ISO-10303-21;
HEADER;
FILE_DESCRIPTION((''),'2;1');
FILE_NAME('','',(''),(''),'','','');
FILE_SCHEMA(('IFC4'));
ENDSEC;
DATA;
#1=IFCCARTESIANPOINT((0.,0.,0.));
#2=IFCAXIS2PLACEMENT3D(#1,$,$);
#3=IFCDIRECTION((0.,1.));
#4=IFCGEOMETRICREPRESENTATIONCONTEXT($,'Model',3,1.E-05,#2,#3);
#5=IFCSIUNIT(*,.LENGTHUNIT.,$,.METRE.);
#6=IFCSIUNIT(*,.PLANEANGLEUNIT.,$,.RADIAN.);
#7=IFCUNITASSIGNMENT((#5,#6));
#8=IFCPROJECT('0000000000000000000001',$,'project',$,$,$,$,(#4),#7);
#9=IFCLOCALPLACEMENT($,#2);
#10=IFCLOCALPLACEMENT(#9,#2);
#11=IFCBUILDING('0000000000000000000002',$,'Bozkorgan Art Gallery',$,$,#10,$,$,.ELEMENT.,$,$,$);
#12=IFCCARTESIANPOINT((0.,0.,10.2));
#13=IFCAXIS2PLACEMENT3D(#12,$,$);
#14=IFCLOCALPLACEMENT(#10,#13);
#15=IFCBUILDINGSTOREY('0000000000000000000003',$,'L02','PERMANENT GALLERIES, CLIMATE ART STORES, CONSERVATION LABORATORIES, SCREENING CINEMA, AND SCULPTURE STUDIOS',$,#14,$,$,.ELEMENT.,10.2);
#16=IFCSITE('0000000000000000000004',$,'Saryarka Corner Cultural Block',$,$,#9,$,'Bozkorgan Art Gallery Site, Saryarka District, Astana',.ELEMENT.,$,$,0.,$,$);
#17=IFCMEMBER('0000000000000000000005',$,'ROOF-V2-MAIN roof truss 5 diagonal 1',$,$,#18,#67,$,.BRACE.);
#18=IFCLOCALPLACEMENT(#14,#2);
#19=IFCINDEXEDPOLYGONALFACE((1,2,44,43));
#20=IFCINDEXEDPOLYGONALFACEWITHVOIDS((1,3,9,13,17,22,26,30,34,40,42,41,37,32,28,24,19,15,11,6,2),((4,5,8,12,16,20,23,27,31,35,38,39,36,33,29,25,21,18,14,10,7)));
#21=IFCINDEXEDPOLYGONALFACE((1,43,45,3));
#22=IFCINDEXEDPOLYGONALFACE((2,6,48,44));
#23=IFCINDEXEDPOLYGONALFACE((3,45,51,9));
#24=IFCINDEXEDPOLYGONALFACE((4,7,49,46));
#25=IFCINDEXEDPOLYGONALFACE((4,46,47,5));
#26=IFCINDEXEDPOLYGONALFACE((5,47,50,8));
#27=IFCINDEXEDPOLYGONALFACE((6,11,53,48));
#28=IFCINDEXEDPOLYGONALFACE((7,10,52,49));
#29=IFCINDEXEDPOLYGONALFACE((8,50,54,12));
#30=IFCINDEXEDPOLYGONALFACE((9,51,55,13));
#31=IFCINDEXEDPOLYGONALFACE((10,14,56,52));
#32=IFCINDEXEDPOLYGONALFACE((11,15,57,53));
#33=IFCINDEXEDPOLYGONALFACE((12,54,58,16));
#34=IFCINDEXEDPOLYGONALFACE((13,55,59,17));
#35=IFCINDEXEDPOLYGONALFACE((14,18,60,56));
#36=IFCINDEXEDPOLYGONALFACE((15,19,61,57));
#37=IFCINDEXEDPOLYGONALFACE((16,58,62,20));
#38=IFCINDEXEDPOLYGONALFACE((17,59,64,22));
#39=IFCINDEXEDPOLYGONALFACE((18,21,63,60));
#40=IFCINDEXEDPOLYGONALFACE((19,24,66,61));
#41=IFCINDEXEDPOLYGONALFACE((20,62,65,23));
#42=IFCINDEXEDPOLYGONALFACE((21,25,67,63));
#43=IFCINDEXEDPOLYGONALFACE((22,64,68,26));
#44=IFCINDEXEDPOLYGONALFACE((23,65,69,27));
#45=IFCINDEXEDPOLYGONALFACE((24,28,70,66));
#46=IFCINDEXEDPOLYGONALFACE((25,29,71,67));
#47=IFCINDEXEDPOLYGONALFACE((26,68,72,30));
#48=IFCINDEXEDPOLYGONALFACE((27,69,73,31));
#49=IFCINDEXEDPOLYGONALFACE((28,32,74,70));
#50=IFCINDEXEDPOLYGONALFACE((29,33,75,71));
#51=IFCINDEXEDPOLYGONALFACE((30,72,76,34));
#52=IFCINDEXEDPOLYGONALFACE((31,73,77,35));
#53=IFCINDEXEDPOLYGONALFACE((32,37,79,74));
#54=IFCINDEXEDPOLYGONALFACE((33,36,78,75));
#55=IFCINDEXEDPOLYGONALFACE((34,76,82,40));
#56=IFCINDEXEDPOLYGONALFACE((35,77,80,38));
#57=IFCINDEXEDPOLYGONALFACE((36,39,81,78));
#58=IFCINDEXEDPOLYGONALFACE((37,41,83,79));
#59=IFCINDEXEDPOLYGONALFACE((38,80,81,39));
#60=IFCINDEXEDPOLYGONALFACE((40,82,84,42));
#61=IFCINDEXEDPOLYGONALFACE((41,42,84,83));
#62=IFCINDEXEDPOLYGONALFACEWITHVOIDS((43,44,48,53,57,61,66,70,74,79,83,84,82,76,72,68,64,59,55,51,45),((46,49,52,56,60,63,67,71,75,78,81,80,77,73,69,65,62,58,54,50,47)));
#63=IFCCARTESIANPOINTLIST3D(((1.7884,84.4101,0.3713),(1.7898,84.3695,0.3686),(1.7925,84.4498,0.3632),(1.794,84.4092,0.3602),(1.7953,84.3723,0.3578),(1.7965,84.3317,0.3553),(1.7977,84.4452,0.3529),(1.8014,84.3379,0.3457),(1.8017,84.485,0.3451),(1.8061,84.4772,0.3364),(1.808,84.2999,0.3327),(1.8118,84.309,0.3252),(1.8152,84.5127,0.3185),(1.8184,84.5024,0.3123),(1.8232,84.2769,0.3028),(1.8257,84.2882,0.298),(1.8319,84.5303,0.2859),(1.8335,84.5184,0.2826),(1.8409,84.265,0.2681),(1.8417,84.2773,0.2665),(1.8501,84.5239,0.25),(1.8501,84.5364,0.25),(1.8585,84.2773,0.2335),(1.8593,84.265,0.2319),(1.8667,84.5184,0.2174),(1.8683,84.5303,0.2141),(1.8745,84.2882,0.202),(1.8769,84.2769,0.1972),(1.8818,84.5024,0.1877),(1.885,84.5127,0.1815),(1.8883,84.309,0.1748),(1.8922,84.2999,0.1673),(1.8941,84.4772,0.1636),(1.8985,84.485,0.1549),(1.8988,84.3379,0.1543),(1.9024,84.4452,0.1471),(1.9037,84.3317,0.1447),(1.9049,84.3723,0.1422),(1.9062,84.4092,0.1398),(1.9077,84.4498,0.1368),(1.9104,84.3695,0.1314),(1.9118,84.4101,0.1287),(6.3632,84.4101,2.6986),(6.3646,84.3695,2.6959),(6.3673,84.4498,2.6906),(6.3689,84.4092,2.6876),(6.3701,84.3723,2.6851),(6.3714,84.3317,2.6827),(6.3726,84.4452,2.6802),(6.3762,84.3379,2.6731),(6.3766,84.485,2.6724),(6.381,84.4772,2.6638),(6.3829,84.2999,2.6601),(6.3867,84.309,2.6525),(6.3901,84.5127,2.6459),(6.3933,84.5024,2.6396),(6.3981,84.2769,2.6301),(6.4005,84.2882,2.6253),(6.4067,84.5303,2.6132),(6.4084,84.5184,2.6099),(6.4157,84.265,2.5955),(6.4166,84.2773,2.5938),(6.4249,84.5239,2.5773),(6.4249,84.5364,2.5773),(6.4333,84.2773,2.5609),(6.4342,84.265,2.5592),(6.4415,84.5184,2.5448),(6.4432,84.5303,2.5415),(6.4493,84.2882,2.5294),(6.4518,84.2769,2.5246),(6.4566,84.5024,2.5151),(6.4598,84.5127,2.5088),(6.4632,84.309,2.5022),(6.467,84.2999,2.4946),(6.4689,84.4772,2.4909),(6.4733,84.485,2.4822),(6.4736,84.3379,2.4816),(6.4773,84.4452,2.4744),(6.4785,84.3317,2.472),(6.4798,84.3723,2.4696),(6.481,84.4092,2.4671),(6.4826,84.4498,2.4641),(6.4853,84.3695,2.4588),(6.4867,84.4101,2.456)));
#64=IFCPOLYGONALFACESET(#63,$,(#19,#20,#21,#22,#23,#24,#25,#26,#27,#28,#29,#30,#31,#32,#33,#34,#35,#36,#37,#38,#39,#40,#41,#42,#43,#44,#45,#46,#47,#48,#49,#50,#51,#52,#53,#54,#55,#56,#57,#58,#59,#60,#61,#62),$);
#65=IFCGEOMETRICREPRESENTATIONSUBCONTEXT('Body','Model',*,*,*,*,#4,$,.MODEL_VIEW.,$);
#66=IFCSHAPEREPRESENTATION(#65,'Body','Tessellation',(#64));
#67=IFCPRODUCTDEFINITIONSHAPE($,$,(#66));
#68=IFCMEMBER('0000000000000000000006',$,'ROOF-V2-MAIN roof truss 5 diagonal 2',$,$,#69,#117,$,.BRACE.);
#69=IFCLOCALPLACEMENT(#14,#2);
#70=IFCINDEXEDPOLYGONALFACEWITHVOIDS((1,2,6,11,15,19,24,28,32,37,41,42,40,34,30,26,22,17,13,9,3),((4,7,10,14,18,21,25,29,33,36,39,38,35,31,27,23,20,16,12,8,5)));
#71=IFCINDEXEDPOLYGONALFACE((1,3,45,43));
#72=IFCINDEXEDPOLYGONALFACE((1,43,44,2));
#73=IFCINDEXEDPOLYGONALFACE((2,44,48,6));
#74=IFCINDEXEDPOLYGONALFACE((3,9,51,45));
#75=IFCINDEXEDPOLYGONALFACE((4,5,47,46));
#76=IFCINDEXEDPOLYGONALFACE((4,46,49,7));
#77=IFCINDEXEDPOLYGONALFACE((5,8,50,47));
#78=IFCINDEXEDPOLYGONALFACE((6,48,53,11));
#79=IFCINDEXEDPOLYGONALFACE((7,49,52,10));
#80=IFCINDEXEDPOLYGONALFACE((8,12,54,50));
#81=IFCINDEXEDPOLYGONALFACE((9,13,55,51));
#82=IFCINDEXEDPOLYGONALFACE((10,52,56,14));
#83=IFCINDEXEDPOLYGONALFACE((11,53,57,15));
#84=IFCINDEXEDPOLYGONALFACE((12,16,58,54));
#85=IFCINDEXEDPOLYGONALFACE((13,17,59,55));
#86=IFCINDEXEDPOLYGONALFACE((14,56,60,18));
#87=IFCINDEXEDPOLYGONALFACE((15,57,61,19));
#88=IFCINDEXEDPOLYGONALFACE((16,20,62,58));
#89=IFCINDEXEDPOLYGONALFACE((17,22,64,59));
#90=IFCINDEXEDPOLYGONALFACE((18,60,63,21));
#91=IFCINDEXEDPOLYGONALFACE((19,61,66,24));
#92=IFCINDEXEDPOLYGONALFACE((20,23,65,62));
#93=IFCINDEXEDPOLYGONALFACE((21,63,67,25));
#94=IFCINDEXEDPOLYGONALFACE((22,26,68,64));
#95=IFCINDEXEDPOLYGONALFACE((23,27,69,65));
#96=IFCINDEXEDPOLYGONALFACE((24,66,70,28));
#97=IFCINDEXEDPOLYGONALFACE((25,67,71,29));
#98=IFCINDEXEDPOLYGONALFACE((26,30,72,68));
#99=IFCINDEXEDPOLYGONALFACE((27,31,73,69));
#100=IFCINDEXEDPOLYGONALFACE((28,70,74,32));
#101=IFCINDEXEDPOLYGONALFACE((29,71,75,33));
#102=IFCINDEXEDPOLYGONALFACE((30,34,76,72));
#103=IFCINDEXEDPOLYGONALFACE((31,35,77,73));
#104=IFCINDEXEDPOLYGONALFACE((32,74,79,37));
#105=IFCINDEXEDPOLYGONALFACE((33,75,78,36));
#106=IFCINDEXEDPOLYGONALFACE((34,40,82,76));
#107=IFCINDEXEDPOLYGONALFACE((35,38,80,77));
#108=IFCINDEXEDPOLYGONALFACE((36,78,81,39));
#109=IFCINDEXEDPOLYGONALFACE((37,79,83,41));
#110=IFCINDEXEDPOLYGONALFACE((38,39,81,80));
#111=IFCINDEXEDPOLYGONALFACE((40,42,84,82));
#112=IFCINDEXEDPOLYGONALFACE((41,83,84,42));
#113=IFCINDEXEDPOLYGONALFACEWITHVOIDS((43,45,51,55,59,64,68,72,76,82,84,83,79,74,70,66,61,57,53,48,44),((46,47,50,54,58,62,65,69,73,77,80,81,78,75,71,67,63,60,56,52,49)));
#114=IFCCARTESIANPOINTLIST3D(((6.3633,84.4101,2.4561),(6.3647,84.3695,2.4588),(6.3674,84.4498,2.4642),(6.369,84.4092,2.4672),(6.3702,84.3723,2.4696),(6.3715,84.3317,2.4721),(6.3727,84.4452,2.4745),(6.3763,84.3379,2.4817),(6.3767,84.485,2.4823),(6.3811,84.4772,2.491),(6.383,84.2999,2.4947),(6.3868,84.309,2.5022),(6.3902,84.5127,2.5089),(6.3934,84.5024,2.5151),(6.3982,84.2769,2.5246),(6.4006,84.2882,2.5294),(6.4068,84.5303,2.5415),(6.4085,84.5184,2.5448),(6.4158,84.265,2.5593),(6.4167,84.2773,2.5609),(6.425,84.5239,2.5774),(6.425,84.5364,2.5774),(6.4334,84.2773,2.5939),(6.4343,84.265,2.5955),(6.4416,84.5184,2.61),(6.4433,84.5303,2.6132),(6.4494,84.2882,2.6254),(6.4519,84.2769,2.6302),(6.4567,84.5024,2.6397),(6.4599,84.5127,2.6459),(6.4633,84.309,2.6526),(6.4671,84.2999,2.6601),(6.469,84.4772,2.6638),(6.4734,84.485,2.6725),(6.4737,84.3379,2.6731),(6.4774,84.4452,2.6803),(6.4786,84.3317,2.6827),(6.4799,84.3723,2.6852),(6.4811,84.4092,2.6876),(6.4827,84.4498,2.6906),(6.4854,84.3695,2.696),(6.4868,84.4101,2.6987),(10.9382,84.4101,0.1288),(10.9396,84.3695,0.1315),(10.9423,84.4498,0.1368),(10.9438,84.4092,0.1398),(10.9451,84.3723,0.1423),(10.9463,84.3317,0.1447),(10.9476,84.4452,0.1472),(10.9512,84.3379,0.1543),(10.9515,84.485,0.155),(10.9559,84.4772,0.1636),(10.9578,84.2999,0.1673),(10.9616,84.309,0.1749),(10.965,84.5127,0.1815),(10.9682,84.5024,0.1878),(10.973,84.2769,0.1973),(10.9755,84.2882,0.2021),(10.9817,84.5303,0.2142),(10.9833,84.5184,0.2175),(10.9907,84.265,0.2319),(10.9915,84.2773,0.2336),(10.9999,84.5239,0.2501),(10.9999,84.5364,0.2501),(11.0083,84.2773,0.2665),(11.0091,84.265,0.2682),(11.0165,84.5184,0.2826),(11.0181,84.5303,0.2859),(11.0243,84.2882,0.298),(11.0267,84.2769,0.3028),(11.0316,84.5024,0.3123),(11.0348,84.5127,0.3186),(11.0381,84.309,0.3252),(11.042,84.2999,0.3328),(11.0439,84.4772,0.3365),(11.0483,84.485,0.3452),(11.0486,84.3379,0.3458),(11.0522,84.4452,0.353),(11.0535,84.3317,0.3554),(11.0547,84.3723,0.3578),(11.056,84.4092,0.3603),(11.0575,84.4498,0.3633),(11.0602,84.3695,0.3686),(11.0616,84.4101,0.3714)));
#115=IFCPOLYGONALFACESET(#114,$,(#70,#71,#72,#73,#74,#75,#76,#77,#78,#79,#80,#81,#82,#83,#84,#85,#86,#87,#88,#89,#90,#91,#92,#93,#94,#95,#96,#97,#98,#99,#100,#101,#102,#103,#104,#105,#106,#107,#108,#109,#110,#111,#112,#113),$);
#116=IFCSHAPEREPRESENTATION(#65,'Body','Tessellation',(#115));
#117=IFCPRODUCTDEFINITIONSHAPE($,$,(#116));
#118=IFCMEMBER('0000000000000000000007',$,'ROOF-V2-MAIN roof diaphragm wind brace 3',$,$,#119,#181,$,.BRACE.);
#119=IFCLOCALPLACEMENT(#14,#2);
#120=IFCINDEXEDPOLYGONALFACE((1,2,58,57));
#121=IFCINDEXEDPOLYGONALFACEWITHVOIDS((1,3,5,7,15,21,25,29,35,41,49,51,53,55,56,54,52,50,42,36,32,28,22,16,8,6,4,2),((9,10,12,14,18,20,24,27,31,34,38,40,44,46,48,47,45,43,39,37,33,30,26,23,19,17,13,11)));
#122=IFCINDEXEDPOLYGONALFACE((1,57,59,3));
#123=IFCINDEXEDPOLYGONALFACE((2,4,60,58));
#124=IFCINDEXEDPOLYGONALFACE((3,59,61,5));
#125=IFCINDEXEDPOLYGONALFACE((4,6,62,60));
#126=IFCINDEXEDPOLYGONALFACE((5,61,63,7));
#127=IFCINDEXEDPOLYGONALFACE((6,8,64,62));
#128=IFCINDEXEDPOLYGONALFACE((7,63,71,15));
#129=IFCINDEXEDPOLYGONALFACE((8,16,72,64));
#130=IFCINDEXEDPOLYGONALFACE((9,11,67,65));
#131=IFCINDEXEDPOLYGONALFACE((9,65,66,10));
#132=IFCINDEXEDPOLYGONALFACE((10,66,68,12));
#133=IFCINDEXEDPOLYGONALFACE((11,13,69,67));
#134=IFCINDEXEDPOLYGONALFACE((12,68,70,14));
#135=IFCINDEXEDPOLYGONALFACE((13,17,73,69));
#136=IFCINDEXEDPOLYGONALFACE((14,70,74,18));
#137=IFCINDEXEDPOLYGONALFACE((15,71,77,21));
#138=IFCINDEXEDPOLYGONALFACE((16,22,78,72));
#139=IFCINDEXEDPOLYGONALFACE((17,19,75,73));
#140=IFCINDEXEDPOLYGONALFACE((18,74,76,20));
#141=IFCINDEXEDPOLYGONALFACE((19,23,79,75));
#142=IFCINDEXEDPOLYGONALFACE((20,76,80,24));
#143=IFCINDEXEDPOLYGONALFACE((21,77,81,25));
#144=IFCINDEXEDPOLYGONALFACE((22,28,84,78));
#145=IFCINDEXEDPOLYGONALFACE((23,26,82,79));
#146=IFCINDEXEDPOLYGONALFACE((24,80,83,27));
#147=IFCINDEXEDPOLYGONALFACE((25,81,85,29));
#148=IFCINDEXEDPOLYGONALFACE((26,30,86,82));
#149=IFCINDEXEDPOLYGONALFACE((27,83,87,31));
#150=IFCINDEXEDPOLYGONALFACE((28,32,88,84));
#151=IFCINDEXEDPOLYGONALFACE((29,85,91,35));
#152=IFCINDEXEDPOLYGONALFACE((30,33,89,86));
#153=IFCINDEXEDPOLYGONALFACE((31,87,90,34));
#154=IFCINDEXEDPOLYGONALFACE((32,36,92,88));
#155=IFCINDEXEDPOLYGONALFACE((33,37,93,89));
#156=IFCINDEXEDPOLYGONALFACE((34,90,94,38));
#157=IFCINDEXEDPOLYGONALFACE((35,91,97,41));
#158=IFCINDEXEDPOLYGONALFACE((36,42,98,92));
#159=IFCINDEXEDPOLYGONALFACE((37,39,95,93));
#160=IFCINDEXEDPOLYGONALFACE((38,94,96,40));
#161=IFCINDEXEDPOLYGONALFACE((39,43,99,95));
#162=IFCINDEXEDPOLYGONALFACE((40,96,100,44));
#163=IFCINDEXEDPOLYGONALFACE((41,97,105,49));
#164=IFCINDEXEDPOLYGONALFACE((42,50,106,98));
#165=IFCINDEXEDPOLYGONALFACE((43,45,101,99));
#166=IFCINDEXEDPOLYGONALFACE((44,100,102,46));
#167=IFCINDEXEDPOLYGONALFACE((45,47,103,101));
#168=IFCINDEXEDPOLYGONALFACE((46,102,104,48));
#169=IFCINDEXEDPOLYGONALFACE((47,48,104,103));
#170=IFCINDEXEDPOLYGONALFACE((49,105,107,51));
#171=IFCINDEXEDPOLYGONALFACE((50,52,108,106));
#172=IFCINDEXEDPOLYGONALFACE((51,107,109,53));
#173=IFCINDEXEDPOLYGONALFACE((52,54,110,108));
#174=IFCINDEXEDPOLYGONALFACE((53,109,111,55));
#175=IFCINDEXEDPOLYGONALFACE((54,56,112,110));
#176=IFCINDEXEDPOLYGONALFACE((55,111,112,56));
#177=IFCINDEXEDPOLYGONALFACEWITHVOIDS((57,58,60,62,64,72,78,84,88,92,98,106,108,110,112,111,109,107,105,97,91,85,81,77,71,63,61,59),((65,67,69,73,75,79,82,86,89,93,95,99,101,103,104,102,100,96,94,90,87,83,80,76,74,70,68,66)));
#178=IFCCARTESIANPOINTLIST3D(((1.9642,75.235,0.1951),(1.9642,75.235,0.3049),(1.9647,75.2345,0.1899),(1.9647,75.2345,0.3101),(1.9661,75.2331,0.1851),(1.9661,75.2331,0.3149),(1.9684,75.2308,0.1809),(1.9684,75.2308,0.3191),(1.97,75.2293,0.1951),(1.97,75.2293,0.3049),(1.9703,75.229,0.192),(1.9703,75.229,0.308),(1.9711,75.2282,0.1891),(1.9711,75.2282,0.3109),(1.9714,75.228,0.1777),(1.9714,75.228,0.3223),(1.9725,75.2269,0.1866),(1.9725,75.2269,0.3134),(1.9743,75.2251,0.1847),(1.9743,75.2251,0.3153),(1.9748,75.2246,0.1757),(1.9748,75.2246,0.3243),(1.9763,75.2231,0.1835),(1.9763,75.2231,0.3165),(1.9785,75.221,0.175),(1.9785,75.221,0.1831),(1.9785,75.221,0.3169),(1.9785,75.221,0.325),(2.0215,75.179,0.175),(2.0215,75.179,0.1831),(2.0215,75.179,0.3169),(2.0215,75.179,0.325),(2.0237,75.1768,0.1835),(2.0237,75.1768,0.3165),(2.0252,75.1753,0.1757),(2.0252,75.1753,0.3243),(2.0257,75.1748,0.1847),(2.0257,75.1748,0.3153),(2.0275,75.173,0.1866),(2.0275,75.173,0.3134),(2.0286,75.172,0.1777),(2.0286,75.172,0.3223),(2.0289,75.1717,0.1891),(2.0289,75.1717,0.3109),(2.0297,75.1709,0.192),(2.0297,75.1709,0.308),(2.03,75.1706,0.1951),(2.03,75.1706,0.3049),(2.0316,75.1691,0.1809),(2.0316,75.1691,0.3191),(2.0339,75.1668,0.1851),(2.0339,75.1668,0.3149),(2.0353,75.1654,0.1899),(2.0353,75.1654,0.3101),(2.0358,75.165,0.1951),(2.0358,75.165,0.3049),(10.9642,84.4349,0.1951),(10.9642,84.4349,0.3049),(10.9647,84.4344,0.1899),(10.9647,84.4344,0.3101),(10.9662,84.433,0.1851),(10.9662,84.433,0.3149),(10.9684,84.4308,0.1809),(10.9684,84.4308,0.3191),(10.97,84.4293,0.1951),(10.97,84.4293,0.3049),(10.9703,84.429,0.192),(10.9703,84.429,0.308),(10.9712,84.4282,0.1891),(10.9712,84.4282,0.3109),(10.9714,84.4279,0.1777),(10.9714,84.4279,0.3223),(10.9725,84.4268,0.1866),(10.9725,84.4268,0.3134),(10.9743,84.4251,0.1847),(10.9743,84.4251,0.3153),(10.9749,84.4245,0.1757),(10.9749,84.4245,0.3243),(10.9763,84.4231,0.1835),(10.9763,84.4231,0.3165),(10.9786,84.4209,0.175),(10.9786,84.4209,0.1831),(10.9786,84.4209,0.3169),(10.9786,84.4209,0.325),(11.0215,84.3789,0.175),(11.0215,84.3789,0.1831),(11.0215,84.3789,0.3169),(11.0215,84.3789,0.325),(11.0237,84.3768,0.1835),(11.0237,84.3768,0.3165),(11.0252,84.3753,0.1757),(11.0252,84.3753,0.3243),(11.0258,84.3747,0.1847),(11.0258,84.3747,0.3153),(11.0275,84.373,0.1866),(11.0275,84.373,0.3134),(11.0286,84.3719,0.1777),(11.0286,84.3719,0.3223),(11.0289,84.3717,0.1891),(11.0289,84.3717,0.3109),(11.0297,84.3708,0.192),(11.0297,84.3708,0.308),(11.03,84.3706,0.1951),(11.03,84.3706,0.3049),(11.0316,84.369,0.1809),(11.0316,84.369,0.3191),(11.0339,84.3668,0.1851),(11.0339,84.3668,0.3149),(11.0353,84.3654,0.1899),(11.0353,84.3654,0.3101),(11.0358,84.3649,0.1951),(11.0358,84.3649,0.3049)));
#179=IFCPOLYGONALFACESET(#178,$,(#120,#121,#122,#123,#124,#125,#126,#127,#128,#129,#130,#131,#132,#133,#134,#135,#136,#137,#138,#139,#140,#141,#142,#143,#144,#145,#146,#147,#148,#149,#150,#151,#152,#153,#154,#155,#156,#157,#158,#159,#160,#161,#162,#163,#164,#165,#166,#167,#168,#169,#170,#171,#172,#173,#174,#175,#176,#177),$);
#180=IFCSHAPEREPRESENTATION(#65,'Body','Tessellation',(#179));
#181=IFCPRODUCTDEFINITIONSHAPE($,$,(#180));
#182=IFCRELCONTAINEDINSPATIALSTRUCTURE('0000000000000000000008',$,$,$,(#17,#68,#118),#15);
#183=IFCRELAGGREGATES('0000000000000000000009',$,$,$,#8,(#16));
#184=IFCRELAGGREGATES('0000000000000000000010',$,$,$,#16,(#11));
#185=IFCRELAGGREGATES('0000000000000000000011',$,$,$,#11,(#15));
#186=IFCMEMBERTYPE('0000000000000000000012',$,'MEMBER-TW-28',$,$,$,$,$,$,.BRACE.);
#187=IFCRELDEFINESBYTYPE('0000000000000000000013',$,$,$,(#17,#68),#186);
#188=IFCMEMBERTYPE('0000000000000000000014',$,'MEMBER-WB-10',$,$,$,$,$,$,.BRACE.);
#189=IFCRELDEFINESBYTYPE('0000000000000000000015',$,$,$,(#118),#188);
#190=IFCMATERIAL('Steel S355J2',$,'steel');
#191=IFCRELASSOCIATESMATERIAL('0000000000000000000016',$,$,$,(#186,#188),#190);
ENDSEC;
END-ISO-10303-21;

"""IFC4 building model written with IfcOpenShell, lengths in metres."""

from ifc_helpers import new_model, si_unit, direction, frame, origin, origin_2d, place, context, subcontext, project, spatial, hollow_rectangle, hollow_circle, extrude, material, material_profile, profile_set, type_object, element, save


model = new_model("IFC4")

# Units and contexts
model_context = context("Model", 3, precision=1e-05, world=origin(), true_north=direction((0.0, 1.0)))
body_context = subcontext(model_context, "Body", "Model", "MODEL_VIEW")
ifc_project = project(units=[si_unit("LENGTHUNIT", "METRE"), si_unit("PLANEANGLEUNIT", "RADIAN")], contexts=[model_context])

# Site, building, storey
site_placement = place(None, origin())
site = spatial("IfcSite", under=ifc_project, at=site_placement, Name="Saryarka Corner Cultural Block", LongName="Bozkorgan Art Gallery Site, Saryarka District, Astana", CompositionType="ELEMENT", RefElevation=0.0)
building_placement = place(site_placement, origin())
building = spatial("IfcBuilding", under=site, at=building_placement, Name="Bozkorgan Art Gallery", CompositionType="ELEMENT")
storey_placement = place(building_placement, frame((0.0, 0.0, 10.2)))
storey = spatial("IfcBuildingStorey", under=building, at=storey_placement, Name="L02", Description="PERMANENT GALLERIES, CLIMATE ART STORES, CONSERVATION LABORATORIES, SCREENING CINEMA, AND SCULPTURE STUDIOS", CompositionType="ELEMENT", Elevation=10.2)

# Shared definitions
ifc_material_1 = material(Name="Steel S355J2", Category="steel")

# Members
ifc_material_profile_1 = material_profile(ifc_material_1, hollow_circle(Radius=0.1365, WallThickness=0.0125, at=origin_2d()), Name="CHS 273x12.5")
ifc_profile_set_1 = profile_set([ifc_material_profile_1], Name="Steel S355J2")
member_type_1 = type_object("IfcMemberType", Name="MEMBER-TW-28", PredefinedType="BRACE", material=ifc_profile_set_1)
for number, where, z_axis, x_axis, name in (
    (1, (1.8501, 84.3999, 0.25), (0.891295, 0.0, 0.453424), (0.0, 1.0, 0.0), "ROOF-V2-MAIN roof truss 5 diagonal 1"),
    (2, (6.425, 84.3999, 2.5774), (0.891295, 0.0, -0.453424), (0.0, 1.0, 0.0), "ROOF-V2-MAIN roof truss 5 diagonal 2"),
):
    element("IfcMember", number, at=place(storey_placement, frame(where, z_axis=z_axis, x_axis=x_axis)), inside=storey, type_object=member_type_1, Name=name, PredefinedType="BRACE", context=body_context, shape_type="SweptSolid", body=[
        extrude(hollow_circle(Radius=0.1365, WallThickness=0.0125, at=origin_2d()), origin(), (0.0, 0.0, 1.0), 5.1328),
    ])
ifc_material_profile_2 = material_profile(ifc_material_1, hollow_rectangle(XDim=0.1001, YDim=0.1499, WallThickness=0.0081, InnerFilletRadius=0.012, OuterFilletRadius=0.02, at=origin_2d()), Name="RHS 150x100x8")
ifc_profile_set_2 = profile_set([ifc_material_profile_2], Name="Steel S355J2")
member_type_2 = type_object("IfcMemberType", Name="MEMBER-WB-10", PredefinedType="BRACE", material=ifc_profile_set_2)
member_1_placement = place(storey_placement, frame((2.0, 75.2, 0.25), z_axis=(0.699296, 0.714832, 0.0), x_axis=(-0.714832, 0.699296, 0.0)))
element("IfcMember", 3, at=member_1_placement, inside=storey, type_object=member_type_2, Name="ROOF-V2-MAIN roof diaphragm wind brace 3", PredefinedType="BRACE", context=body_context, shape_type="SweptSolid", body=[
    extrude(hollow_rectangle(XDim=0.1001, YDim=0.1499, WallThickness=0.0081, InnerFilletRadius=0.012, OuterFilletRadius=0.02, at=origin_2d()), origin(), (0.0, 0.0, 1.0), 12.8701),
])

save(model, "model.ifc")
